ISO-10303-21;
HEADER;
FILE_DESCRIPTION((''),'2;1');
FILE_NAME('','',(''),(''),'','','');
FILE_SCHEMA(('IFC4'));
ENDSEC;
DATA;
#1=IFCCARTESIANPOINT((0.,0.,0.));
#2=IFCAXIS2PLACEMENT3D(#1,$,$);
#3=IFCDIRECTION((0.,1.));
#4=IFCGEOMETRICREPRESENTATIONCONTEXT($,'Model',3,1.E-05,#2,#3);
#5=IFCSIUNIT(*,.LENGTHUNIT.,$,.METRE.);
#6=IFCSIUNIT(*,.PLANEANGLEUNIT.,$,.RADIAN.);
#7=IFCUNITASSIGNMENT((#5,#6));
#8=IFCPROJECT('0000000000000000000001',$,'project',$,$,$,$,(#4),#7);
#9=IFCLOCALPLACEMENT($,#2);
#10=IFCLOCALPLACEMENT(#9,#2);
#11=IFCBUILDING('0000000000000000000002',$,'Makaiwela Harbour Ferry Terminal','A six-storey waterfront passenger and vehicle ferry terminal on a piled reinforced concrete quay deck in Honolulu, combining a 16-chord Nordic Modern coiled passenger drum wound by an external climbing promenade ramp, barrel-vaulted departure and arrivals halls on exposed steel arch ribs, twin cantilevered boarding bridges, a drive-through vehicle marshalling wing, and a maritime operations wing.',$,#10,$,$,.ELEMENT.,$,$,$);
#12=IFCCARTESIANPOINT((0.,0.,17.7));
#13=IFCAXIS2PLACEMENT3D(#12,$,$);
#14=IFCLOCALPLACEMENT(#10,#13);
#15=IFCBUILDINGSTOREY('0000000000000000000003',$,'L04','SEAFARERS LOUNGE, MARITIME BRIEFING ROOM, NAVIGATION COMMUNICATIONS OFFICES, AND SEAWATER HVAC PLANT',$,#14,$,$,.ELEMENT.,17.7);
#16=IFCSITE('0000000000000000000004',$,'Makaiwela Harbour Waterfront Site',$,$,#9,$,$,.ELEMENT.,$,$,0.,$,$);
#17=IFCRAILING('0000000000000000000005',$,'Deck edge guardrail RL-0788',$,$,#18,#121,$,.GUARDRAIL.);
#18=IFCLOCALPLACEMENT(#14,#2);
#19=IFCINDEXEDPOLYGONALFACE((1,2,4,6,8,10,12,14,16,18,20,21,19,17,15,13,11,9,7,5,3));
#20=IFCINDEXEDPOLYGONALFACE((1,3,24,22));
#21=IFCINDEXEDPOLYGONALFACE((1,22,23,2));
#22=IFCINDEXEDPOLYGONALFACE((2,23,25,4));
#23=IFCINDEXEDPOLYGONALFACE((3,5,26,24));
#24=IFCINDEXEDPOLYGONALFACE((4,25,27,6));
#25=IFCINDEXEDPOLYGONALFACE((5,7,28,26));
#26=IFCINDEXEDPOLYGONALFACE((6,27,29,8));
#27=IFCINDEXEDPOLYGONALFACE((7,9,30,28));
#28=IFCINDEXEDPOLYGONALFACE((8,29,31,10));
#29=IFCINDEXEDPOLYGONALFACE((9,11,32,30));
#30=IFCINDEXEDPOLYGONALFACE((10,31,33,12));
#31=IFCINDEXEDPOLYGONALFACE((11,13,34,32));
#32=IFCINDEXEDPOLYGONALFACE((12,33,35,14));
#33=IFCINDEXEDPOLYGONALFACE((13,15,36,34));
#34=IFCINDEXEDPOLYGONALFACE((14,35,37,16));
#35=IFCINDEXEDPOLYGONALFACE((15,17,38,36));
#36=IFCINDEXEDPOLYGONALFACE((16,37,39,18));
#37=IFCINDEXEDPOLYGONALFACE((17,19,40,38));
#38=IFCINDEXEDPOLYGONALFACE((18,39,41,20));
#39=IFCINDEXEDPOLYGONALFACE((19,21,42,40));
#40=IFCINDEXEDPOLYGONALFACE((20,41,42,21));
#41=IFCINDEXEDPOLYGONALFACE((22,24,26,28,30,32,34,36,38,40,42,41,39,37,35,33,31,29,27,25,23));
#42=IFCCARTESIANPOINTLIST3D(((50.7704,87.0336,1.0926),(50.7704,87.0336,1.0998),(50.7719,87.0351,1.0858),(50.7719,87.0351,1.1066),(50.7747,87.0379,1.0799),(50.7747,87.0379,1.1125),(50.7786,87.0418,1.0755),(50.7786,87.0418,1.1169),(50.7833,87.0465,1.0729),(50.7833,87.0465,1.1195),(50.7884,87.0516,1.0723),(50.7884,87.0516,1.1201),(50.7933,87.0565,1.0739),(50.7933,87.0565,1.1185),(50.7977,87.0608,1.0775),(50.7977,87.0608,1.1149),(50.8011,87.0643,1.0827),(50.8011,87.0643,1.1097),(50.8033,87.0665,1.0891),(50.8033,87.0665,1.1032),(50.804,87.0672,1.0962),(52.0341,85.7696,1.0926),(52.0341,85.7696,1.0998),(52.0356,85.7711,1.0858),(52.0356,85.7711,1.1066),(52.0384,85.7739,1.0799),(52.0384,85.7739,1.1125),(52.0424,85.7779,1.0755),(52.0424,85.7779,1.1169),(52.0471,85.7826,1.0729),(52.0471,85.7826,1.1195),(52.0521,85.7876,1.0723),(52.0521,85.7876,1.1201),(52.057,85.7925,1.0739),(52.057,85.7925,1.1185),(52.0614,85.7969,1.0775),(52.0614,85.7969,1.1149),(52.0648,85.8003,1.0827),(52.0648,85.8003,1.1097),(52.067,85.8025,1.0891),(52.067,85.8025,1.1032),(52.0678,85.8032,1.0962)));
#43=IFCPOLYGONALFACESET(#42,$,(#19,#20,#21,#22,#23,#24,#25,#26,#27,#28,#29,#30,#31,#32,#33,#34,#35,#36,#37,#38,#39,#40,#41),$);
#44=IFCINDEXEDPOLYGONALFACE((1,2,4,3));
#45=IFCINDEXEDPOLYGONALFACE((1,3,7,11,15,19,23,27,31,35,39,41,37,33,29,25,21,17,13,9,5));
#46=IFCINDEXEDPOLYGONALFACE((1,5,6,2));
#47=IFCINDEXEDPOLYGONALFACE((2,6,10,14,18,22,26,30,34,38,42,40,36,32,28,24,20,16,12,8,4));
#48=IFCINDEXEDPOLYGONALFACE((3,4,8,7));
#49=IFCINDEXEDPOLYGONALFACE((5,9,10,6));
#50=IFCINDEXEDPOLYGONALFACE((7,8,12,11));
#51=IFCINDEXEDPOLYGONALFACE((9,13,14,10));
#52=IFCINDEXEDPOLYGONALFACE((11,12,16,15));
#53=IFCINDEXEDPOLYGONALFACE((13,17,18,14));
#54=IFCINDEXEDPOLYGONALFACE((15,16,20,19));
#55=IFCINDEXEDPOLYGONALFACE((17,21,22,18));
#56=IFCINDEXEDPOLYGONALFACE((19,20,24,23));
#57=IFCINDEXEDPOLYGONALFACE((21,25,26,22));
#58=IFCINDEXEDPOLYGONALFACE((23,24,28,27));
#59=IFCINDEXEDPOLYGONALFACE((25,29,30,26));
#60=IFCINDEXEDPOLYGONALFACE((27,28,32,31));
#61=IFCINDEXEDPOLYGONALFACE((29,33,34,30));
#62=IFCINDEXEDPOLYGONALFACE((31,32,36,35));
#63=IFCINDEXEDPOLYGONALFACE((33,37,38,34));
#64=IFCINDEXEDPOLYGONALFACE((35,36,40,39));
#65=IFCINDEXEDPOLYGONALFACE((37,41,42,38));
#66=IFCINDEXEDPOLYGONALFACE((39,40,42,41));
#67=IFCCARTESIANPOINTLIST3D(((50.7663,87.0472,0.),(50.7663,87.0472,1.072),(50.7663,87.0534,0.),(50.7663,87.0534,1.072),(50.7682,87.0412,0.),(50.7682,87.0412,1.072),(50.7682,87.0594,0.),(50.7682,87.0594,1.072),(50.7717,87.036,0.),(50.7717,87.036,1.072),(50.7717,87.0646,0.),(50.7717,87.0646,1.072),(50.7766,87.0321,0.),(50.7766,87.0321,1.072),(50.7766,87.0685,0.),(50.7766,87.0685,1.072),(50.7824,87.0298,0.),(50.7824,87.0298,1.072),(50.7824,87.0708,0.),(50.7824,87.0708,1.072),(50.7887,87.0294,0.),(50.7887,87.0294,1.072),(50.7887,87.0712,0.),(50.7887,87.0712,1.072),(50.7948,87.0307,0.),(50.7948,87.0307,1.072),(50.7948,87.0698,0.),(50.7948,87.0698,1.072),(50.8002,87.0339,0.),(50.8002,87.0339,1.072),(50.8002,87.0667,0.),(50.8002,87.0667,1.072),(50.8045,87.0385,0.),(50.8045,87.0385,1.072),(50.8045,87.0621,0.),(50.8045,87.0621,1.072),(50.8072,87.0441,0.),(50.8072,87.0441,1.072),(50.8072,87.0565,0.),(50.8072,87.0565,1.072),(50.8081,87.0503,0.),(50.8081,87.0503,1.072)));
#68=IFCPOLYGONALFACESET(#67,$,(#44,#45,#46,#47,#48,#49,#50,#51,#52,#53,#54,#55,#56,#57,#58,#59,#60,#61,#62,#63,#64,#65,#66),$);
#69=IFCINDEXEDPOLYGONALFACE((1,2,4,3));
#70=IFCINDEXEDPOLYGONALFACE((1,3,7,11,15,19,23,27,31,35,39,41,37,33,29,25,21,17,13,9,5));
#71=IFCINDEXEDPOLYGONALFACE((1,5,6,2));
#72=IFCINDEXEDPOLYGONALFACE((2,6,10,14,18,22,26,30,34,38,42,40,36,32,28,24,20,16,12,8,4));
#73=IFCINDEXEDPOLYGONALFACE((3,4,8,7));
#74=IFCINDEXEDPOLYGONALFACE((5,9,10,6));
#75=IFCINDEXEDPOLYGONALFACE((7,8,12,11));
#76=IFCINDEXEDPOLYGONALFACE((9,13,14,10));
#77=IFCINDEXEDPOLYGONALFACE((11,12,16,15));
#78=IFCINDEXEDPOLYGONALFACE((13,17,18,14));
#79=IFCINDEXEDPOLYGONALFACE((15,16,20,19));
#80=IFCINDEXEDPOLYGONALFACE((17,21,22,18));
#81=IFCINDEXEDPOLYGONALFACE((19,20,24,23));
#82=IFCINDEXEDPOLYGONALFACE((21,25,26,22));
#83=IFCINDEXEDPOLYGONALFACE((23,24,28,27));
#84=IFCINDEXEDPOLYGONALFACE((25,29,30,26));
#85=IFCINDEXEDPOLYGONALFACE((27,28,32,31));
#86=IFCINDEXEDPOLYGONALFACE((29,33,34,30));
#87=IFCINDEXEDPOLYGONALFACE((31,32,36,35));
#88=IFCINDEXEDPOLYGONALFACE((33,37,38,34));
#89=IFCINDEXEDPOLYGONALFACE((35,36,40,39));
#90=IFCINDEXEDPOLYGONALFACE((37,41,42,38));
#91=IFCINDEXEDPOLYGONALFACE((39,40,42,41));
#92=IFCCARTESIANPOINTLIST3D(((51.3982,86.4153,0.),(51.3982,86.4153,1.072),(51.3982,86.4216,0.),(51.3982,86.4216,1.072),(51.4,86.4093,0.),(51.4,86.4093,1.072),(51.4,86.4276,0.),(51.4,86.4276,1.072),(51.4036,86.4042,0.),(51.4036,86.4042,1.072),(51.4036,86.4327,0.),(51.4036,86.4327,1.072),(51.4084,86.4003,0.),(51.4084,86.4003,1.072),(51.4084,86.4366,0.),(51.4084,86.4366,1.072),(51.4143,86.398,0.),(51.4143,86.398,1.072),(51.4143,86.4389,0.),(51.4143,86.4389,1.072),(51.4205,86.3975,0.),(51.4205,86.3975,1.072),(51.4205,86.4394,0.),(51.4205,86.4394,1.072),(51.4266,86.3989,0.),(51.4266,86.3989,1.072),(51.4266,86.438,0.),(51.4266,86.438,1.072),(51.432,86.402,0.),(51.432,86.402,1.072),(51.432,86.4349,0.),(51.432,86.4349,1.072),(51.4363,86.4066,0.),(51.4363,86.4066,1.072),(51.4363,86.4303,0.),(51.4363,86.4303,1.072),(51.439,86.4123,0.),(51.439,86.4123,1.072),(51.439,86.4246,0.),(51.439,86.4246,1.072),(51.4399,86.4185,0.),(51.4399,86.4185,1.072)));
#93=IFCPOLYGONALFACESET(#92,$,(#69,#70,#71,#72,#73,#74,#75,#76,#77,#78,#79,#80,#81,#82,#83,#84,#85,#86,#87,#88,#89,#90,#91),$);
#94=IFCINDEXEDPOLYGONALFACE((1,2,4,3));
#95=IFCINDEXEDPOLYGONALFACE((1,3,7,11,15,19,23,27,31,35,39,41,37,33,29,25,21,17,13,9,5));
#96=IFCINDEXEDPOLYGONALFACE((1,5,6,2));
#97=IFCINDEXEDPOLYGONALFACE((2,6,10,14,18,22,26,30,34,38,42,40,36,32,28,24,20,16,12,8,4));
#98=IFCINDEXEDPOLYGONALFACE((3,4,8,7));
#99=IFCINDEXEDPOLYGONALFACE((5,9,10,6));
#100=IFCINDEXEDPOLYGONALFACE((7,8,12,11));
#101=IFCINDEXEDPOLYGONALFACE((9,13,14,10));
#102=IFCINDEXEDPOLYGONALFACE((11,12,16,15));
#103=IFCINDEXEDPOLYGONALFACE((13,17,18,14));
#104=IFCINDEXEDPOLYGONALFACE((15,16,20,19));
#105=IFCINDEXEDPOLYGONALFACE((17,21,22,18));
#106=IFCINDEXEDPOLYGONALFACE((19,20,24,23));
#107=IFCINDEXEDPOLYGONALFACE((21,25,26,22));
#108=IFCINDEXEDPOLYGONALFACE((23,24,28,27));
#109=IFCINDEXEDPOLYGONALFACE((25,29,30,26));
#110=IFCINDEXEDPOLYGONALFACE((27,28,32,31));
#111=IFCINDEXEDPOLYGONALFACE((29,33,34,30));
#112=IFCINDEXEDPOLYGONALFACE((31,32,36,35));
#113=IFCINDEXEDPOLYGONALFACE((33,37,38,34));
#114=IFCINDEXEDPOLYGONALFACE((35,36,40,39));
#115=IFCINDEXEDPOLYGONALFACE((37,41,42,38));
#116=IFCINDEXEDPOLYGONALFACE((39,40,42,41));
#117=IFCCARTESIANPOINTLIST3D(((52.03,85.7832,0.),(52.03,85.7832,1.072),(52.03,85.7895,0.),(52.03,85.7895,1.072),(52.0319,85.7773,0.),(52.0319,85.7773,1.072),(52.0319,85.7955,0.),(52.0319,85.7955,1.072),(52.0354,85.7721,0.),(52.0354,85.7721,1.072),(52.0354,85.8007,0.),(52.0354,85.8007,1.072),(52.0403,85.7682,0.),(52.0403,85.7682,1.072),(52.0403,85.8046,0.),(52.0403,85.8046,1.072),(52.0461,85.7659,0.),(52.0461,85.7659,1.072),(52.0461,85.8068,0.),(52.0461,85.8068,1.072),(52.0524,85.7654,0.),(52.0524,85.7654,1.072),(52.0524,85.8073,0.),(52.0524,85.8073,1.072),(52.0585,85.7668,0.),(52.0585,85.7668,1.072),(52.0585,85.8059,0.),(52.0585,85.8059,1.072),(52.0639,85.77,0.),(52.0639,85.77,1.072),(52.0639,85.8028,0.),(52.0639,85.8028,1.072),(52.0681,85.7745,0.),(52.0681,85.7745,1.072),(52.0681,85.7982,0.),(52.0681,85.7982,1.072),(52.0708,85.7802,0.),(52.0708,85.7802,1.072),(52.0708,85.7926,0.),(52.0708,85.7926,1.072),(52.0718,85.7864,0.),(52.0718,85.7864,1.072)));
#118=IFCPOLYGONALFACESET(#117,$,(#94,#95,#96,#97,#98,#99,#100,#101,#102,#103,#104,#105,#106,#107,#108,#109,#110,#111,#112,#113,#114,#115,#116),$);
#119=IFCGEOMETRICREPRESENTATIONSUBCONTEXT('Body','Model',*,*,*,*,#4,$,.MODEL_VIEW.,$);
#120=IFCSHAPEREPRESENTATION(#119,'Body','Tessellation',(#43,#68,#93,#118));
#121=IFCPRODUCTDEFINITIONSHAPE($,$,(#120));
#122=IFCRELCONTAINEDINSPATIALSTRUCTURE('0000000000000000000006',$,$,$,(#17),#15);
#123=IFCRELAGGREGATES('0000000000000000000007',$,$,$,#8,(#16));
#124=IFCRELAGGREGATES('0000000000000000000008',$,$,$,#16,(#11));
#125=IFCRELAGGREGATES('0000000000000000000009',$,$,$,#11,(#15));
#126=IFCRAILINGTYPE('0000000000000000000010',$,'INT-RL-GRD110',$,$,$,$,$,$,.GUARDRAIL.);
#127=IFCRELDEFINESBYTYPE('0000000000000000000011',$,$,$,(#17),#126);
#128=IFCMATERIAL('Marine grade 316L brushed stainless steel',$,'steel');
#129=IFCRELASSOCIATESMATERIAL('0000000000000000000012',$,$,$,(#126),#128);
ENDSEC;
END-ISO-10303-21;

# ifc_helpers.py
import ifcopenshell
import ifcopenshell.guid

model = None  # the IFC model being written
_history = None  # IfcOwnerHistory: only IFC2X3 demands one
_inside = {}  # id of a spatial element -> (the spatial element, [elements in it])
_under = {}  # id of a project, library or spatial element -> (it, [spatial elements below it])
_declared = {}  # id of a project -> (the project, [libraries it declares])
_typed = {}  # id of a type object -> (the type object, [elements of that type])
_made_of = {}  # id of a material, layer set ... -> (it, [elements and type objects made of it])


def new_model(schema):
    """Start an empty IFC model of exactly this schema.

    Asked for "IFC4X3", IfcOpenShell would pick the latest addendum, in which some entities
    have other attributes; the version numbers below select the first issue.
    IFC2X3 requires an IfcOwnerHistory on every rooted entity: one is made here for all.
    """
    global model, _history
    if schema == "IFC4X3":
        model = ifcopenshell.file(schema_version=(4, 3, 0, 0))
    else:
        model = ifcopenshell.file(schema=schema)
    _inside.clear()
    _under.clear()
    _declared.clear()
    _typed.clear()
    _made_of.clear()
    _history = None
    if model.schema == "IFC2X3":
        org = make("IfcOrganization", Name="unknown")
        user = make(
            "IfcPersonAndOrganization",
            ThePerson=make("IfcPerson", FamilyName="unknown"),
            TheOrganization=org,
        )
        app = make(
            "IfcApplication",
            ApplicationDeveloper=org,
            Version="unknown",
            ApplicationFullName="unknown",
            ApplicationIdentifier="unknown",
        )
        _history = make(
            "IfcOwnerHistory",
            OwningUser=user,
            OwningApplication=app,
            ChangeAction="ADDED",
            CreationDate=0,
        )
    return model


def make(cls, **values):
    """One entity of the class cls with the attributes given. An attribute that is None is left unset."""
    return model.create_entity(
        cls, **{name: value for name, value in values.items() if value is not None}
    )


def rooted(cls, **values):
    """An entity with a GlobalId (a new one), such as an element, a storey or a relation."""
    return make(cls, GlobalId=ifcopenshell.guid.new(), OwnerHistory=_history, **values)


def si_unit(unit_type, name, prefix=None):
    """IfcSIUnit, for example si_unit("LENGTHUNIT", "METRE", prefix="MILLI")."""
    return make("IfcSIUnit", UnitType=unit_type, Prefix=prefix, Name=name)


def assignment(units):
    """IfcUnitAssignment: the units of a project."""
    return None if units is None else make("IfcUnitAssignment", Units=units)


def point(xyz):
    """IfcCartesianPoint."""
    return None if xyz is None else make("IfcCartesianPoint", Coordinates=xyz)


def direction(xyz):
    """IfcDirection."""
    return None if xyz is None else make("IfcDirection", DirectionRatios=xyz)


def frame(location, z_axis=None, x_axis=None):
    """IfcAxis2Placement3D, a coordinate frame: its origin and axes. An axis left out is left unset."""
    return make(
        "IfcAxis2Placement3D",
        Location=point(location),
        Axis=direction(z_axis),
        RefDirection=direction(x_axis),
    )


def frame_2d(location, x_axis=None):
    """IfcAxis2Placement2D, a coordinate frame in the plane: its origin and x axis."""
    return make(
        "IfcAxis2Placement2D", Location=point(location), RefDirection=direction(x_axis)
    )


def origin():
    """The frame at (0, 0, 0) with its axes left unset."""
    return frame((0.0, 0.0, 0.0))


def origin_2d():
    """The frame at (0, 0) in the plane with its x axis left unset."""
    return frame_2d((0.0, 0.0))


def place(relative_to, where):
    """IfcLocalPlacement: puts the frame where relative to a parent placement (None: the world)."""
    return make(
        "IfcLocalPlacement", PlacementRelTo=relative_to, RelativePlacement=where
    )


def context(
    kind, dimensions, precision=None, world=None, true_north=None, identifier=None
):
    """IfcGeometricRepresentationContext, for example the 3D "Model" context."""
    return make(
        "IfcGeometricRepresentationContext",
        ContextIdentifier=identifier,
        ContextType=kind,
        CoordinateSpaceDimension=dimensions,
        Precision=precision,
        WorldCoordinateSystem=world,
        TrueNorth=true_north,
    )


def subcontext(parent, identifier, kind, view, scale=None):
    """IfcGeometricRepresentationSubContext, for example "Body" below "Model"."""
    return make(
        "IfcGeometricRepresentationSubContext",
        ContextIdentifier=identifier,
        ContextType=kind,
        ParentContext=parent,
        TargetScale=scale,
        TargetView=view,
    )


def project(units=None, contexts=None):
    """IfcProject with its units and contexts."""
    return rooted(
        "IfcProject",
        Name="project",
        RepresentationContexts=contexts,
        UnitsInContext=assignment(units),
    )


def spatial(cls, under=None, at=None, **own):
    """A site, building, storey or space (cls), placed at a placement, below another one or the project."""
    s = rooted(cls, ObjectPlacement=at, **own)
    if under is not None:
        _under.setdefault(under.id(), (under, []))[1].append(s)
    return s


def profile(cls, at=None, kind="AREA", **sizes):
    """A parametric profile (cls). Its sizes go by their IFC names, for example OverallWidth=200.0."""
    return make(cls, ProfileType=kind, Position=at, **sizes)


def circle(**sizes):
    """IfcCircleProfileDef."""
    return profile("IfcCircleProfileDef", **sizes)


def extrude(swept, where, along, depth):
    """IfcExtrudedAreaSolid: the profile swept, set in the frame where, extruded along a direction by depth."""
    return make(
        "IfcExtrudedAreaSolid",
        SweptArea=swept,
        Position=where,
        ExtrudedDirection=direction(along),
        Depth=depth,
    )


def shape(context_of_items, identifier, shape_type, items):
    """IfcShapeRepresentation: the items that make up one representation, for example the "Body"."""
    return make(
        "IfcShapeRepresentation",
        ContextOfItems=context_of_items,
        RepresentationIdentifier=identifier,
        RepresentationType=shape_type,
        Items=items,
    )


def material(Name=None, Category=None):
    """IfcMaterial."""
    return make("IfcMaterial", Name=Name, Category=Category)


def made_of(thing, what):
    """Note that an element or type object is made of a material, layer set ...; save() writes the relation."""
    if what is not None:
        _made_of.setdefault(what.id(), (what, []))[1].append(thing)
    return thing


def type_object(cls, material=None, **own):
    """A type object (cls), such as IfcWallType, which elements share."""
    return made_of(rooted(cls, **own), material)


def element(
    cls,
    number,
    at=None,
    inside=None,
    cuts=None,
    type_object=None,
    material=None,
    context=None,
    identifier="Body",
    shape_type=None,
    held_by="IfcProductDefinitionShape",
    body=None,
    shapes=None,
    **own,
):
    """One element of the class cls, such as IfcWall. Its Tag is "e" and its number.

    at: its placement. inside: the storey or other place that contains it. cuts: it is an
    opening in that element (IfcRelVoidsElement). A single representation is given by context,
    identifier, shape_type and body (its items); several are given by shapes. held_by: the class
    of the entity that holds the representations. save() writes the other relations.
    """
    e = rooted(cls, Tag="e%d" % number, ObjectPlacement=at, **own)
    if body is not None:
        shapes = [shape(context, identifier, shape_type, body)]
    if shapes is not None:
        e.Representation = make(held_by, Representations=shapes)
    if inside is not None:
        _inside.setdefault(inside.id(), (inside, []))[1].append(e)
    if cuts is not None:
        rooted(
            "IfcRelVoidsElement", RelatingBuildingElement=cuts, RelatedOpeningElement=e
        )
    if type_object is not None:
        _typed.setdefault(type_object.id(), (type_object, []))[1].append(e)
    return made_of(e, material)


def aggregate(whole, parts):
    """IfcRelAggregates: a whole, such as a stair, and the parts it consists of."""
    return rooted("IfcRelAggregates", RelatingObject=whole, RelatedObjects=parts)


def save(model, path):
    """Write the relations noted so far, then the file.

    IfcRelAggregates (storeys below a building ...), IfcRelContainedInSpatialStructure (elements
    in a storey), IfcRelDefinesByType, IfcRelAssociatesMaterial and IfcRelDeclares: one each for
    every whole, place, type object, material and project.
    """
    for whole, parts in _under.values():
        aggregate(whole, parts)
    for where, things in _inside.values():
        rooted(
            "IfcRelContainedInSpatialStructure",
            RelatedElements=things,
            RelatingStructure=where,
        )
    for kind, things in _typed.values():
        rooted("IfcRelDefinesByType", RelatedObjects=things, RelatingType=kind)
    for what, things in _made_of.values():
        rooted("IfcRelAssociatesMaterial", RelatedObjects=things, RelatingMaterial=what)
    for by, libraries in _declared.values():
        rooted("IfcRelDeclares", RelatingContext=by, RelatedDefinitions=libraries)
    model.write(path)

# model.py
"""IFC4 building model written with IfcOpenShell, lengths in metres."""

from ifc_helpers import new_model, si_unit, direction, frame, origin, origin_2d, place, context, subcontext, project, spatial, circle, extrude, material, type_object, element, save


model = new_model("IFC4")

# Units and contexts
model_context = context("Model", 3, precision=1e-05, world=origin(), true_north=direction((0.0, 1.0)))
body_context = subcontext(model_context, "Body", "Model", "MODEL_VIEW")
ifc_project = project(units=[si_unit("LENGTHUNIT", "METRE"), si_unit("PLANEANGLEUNIT", "RADIAN")], contexts=[model_context])

# Site, building, storey
site_placement = place(None, origin())
site = spatial("IfcSite", under=ifc_project, at=site_placement, Name="Makaiwela Harbour Waterfront Site", CompositionType="ELEMENT", RefElevation=0.0)
building_placement = place(site_placement, origin())
building = spatial("IfcBuilding", under=site, at=building_placement, Name="Makaiwela Harbour Ferry Terminal", Description="A six-storey waterfront passenger and vehicle ferry terminal on a piled reinforced concrete quay deck in Honolulu, combining a 16-chord Nordic Modern coiled passenger drum wound by an external climbing promenade ramp, barrel-vaulted departure and arrivals halls on exposed steel arch ribs, twin cantilevered boarding bridges, a drive-through vehicle marshalling wing, and a maritime operations wing.", CompositionType="ELEMENT")
storey_placement = place(building_placement, frame((0.0, 0.0, 17.7)))
storey = spatial("IfcBuildingStorey", under=building, at=storey_placement, Name="L04", Description="SEAFARERS LOUNGE, MARITIME BRIEFING ROOM, NAVIGATION COMMUNICATIONS OFFICES, AND SEAWATER HVAC PLANT", CompositionType="ELEMENT", Elevation=17.7)

# Railing
ifc_material_1 = material(Name="Marine grade 316L brushed stainless steel", Category="steel")
railing_type = type_object("IfcRailingType", Name="INT-RL-GRD110", PredefinedType="GUARDRAIL", material=ifc_material_1)
railing_1_placement = place(storey_placement, frame((50.7871, 87.0503, 0.0)))
element("IfcRailing", 1, at=railing_1_placement, inside=storey, type_object=railing_type, Name="Deck edge guardrail RL-0788", PredefinedType="GUARDRAIL", context=body_context, shape_type="SweptSolid", body=[
    extrude(circle(Radius=0.0239, at=origin_2d()), frame((0.0, 0.0, 1.0962), z_axis=(0.707038, -0.707175, 0.0), x_axis=(0.707175, 0.707038, 0.0)), (0.0, 0.0, 1.0), 1.7874),
    extrude(circle(Radius=0.021, at=origin_2d()), origin(), (0.0, 0.0, 1.0), 1.072),
    extrude(circle(Radius=0.021, at=origin_2d()), frame((0.6318, -0.6318, 0.0)), (0.0, 0.0, 1.0), 1.072),
    extrude(circle(Radius=0.021, at=origin_2d()), frame((1.2637, -1.2639, 0.0)), (0.0, 0.0, 1.0), 1.072),
])

save(model, "model.ifc")
